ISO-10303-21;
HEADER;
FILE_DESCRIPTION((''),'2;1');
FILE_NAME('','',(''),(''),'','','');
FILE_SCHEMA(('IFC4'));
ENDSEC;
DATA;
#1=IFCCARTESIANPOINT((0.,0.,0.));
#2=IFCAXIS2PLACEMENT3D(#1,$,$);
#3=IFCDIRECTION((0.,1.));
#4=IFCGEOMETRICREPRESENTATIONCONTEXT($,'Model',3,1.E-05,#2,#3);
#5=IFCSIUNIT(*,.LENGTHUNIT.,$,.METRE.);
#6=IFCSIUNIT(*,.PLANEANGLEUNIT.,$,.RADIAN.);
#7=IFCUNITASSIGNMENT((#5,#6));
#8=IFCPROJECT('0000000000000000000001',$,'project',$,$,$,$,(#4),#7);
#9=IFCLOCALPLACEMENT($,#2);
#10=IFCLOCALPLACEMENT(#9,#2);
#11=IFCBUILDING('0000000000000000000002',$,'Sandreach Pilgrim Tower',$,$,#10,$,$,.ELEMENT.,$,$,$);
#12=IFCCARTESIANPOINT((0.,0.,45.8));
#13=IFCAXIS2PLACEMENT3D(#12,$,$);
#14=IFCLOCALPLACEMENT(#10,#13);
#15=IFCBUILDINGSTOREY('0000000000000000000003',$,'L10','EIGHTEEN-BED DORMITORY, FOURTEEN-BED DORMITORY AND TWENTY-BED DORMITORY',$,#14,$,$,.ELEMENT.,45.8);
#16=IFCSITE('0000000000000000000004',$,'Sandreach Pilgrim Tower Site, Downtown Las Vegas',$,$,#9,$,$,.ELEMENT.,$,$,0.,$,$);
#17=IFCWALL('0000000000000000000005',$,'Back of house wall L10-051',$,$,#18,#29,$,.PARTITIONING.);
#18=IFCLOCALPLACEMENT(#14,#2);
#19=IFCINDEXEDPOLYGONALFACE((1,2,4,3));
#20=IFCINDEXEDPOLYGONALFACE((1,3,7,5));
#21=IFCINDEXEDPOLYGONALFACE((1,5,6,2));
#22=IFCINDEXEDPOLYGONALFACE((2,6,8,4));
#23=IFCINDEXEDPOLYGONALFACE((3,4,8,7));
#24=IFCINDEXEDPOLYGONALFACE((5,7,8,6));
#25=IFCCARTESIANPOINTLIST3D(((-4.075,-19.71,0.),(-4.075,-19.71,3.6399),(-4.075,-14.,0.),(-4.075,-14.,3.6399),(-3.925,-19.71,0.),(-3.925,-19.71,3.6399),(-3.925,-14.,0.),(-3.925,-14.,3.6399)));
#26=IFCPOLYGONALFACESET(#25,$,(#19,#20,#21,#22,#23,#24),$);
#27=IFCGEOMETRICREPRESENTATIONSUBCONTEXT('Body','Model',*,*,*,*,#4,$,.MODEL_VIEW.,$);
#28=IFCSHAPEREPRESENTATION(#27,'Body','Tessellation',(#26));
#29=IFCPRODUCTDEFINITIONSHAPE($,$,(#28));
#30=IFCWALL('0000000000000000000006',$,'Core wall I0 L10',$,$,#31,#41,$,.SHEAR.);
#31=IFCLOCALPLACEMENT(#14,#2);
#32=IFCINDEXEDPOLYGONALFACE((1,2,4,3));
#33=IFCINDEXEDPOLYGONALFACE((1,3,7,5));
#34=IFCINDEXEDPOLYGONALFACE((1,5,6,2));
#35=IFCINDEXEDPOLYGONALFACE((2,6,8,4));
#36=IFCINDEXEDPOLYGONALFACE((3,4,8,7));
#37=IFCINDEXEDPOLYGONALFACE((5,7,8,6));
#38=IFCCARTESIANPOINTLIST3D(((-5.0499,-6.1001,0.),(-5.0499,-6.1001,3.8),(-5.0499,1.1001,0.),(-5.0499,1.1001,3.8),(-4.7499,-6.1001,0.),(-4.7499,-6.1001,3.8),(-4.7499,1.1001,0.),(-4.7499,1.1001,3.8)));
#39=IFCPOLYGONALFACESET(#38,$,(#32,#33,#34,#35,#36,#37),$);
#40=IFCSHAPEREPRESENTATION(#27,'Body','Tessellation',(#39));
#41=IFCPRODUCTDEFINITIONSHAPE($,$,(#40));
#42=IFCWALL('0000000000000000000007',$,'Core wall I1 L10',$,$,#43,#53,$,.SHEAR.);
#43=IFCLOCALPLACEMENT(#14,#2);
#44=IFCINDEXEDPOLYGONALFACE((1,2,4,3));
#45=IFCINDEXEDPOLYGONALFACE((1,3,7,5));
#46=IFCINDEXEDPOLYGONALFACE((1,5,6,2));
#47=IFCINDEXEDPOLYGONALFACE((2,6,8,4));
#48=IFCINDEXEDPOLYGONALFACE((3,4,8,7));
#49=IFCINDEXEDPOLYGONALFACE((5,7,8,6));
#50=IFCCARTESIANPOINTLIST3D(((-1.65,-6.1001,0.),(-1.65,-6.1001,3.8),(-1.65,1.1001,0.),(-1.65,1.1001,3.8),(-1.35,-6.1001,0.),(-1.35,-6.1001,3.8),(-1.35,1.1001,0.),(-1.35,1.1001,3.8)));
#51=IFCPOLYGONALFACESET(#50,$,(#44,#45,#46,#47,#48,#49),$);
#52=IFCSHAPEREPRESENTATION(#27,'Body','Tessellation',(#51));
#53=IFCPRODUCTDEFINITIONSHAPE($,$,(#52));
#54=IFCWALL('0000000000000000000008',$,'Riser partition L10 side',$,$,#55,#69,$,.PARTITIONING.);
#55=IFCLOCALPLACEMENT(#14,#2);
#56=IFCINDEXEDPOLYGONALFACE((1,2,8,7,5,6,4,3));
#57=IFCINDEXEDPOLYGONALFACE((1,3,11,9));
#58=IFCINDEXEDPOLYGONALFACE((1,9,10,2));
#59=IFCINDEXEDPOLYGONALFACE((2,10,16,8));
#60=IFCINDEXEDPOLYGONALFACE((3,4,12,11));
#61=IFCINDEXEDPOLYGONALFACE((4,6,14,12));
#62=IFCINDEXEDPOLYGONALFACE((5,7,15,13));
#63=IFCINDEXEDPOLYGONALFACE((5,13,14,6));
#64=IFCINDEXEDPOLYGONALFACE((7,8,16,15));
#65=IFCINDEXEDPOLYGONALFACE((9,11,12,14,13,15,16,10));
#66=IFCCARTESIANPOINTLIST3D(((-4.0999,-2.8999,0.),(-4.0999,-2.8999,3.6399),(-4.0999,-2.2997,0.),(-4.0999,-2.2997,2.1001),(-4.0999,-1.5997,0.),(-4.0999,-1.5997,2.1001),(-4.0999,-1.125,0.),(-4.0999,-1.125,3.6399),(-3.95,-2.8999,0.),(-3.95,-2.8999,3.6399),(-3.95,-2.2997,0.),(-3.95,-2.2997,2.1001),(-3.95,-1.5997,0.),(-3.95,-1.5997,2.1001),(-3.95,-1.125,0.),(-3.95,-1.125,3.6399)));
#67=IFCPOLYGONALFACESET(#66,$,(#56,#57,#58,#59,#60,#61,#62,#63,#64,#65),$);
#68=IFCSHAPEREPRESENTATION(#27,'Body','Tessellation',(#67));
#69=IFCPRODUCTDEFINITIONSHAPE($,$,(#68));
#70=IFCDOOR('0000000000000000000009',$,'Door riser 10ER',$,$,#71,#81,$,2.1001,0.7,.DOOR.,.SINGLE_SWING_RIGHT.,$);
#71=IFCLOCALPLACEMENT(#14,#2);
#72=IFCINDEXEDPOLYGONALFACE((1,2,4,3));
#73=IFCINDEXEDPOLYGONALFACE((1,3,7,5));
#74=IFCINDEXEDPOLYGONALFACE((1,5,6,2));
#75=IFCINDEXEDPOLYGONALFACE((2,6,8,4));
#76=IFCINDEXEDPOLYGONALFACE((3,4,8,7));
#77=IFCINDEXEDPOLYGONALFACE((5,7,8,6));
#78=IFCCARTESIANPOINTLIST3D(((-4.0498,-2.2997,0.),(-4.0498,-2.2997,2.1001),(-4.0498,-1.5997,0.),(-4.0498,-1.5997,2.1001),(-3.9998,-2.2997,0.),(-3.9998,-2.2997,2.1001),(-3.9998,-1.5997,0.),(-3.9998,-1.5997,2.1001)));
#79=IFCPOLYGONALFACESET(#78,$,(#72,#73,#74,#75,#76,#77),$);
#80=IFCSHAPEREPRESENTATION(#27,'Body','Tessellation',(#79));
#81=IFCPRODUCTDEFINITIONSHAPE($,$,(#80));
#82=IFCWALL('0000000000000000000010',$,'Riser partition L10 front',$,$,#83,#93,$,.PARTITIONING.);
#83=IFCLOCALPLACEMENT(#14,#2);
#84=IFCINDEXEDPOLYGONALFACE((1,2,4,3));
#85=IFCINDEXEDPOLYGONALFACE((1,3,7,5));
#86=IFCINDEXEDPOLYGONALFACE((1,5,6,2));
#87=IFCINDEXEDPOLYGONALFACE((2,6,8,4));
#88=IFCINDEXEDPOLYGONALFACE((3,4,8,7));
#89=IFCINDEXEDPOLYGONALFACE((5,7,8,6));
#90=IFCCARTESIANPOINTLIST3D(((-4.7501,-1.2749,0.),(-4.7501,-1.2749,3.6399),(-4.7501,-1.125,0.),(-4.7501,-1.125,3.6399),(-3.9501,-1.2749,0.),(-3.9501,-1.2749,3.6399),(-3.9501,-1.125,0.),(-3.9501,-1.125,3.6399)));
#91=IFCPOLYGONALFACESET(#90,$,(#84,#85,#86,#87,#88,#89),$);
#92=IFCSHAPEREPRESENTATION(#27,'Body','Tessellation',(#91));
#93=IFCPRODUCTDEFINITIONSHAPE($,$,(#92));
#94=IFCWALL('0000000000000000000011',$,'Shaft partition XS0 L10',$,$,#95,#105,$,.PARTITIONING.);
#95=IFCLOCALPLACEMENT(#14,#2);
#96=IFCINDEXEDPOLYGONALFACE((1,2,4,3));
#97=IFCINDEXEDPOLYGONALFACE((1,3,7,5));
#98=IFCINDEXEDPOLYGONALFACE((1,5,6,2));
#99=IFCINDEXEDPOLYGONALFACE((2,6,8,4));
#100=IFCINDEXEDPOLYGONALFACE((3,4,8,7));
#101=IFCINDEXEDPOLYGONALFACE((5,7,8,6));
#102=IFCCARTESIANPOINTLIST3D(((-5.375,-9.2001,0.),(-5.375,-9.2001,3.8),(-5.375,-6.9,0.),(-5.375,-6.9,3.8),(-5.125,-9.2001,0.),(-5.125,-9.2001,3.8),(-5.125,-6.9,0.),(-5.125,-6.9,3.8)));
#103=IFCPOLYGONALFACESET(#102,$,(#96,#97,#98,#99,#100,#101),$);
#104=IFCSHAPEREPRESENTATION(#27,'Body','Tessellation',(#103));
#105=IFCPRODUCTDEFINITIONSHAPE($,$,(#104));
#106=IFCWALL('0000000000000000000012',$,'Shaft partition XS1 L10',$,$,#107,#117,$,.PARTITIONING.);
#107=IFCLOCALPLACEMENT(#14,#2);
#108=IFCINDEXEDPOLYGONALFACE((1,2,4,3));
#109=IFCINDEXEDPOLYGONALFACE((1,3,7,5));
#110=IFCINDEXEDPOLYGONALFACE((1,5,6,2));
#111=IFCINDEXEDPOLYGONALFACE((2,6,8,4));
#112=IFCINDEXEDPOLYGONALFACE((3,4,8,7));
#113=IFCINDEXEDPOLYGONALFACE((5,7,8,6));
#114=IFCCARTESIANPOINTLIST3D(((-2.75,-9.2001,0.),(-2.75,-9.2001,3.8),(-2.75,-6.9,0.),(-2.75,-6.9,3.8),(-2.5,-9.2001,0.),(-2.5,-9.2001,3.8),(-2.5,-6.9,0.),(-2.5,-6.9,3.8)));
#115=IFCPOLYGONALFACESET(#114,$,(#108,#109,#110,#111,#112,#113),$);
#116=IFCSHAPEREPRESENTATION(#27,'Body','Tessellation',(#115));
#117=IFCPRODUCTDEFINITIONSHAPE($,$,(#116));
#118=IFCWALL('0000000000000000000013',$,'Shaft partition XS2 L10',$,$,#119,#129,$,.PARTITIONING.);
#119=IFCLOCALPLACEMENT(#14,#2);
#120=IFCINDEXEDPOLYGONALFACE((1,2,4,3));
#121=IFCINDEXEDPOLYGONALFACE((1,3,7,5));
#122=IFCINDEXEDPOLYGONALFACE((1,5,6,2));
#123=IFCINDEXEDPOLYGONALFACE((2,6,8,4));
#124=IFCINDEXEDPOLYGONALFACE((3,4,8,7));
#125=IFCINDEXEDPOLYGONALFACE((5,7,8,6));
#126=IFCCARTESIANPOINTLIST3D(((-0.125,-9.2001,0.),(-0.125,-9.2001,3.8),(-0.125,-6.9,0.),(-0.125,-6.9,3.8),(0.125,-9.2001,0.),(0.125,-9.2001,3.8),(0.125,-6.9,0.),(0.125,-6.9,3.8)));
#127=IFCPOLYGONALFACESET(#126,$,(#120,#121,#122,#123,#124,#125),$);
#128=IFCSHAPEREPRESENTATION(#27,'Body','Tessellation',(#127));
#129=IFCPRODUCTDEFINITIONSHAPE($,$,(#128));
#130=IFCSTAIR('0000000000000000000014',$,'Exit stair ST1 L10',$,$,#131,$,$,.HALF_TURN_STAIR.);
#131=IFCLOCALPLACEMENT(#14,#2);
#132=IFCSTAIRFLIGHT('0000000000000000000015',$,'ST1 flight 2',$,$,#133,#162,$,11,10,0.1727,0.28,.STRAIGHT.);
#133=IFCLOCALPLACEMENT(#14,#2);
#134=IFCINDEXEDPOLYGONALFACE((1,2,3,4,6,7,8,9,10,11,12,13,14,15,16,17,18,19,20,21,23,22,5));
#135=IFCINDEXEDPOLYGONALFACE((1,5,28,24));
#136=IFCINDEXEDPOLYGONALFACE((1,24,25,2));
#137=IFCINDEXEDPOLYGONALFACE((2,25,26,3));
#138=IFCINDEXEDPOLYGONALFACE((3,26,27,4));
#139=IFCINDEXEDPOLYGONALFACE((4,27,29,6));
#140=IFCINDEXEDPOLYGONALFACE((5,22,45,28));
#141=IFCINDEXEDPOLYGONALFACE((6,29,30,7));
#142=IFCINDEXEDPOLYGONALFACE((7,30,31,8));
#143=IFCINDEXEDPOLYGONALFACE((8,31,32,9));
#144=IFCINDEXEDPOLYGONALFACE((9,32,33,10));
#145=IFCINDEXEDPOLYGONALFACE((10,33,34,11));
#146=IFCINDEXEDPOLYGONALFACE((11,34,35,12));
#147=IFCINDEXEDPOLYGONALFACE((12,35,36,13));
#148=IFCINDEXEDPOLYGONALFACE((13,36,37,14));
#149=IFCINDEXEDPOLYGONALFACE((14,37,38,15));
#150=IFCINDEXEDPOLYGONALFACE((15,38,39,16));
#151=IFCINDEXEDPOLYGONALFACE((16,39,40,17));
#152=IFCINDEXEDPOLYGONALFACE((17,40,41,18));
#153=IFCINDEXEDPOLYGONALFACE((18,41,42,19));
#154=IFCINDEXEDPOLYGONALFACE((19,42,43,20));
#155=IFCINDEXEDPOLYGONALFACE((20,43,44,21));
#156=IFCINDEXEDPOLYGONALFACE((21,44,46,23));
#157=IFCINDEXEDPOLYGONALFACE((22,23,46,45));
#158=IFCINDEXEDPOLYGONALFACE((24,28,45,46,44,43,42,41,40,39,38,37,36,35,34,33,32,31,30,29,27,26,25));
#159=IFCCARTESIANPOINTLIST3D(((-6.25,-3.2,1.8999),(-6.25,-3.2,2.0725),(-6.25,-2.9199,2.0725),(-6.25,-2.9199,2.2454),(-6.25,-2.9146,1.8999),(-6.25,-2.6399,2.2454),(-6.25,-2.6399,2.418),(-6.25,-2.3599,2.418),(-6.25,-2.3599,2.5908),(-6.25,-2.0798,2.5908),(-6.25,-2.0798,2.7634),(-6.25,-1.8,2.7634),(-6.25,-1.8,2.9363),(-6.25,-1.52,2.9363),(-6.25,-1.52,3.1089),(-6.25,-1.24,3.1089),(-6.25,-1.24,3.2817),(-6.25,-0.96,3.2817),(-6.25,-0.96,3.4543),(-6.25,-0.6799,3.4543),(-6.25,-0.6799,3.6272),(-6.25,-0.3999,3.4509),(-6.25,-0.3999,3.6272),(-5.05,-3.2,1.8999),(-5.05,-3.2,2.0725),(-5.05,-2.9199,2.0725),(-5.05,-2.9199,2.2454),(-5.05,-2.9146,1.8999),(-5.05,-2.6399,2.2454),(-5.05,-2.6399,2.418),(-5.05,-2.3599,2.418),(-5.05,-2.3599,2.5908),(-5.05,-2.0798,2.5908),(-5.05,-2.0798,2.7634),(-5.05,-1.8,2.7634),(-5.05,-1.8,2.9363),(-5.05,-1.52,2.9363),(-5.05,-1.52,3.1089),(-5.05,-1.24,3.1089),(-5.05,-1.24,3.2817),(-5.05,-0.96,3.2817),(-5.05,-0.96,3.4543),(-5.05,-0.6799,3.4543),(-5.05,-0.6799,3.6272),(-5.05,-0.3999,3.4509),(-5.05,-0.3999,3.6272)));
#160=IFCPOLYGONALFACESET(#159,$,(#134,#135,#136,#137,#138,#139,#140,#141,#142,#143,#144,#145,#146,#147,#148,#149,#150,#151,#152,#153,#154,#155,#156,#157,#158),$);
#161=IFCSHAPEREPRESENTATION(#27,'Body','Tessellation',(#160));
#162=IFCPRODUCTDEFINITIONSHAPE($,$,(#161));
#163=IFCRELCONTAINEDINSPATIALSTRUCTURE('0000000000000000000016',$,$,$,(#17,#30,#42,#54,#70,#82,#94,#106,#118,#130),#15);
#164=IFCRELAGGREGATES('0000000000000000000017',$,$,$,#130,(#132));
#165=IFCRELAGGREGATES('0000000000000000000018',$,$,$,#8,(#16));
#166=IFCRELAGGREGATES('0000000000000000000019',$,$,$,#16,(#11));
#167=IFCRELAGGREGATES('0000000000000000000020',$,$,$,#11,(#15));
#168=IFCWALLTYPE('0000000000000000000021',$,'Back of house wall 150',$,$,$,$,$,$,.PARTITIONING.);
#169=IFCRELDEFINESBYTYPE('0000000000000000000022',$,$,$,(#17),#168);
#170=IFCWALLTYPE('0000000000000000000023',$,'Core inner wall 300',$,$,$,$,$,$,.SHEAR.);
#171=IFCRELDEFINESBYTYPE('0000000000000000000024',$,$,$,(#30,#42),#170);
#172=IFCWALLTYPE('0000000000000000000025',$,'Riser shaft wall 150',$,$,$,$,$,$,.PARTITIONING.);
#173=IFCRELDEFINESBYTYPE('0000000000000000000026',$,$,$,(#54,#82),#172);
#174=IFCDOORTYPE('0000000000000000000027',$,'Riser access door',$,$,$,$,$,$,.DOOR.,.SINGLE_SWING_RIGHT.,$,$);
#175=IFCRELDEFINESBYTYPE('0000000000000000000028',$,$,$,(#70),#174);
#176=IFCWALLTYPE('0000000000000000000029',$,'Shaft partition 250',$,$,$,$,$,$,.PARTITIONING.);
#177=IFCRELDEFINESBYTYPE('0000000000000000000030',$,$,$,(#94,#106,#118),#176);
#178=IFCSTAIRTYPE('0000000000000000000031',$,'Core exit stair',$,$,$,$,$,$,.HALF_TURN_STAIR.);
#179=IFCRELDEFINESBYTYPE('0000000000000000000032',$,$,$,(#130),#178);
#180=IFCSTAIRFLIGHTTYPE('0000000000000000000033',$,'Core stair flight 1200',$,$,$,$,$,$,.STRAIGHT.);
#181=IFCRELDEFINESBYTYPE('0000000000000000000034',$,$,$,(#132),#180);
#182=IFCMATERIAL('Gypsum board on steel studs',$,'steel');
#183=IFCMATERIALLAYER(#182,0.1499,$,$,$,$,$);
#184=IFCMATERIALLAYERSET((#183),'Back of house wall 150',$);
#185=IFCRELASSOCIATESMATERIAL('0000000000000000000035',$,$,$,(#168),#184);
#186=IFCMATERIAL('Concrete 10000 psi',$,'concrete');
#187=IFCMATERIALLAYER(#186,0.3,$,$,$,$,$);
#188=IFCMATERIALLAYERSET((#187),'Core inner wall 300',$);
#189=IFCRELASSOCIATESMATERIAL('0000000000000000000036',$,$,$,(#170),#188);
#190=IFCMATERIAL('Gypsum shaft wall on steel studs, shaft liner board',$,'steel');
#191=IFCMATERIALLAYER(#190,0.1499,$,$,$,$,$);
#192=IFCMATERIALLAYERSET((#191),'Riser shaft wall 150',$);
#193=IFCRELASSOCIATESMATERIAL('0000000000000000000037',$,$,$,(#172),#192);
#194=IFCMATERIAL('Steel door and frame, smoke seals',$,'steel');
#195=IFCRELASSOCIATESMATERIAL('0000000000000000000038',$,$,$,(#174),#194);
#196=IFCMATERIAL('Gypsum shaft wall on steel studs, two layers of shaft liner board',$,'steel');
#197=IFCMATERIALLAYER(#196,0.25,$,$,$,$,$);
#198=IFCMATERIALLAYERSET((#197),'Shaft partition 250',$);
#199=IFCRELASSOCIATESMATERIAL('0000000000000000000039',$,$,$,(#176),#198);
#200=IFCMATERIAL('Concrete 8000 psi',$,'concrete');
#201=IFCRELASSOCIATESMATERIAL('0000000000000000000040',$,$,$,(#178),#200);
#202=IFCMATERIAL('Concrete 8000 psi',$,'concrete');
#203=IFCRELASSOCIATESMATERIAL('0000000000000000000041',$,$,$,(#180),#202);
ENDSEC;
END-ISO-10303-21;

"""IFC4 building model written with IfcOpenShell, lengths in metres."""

from ifc_helpers import new_model, si_unit, direction, frame, frame_2d, origin, place, context, subcontext, project, spatial, polyline, rectangle, outline, extrude, material, layer, layer_set, type_object, element, fill, aggregate, save


model = new_model("IFC4")

# Units and contexts
model_context = context("Model", 3, precision=1e-05, world=origin(), true_north=direction((0.0, 1.0)))
body_context = subcontext(model_context, "Body", "Model", "MODEL_VIEW")
ifc_project = project(units=[si_unit("LENGTHUNIT", "METRE"), si_unit("PLANEANGLEUNIT", "RADIAN")], contexts=[model_context])

# Site, building, storey
site_placement = place(None, origin())
site = spatial("IfcSite", under=ifc_project, at=site_placement, Name="Sandreach Pilgrim Tower Site, Downtown Las Vegas", CompositionType="ELEMENT", RefElevation=0.0)
building_placement = place(site_placement, origin())
building = spatial("IfcBuilding", under=site, at=building_placement, Name="Sandreach Pilgrim Tower", CompositionType="ELEMENT")
storey_placement = place(building_placement, frame((0.0, 0.0, 45.8)))
storey = spatial("IfcBuildingStorey", under=building, at=storey_placement, Name="L10", Description="EIGHTEEN-BED DORMITORY, FOURTEEN-BED DORMITORY AND TWENTY-BED DORMITORY", CompositionType="ELEMENT", Elevation=45.8)

# Walls
ifc_material_1 = material(Name="Gypsum board on steel studs", Category="steel")
ifc_layer_1 = layer(ifc_material_1, 0.1499)
ifc_layer_set_1 = layer_set([ifc_layer_1], Name="Back of house wall 150")
wall_type_1 = type_object("IfcWallType", Name="Back of house wall 150", PredefinedType="PARTITIONING", material=ifc_layer_set_1)
wall_1_placement = place(storey_placement, frame((-4.0, -14.0, 0.0), z_axis=(0.0, 0.0, 1.0), x_axis=(0.0, -1.0, 0.0)))
element("IfcWall", 1, at=wall_1_placement, inside=storey, type_object=wall_type_1, Name="Back of house wall L10-051", PredefinedType="PARTITIONING", context=body_context, shape_type="SweptSolid", body=[
    extrude(rectangle(XDim=5.71, YDim=0.1499, at=frame_2d((2.855, 0.0))), origin(), (0.0, 0.0, 1.0), 3.6399),
])
ifc_material_2 = material(Name="Concrete 10000 psi", Category="concrete")
ifc_layer_2 = layer(ifc_material_2, 0.3)
ifc_layer_set_2 = layer_set([ifc_layer_2], Name="Core inner wall 300")
wall_type_2 = type_object("IfcWallType", Name="Core inner wall 300", PredefinedType="SHEAR", material=ifc_layer_set_2)
for number, where, z_axis, x_axis, name in (
    (2, (-4.8999, -6.1001, 0.0), (0.0, 0.0, 1.0), (0.0, 1.0, 0.0), "Core wall I0 L10"),
    (3, (-1.5, -6.1001, 0.0), (0.0, 0.0, 1.0), (0.0, 1.0, 0.0), "Core wall I1 L10"),
):
    element("IfcWall", number, at=place(storey_placement, frame(where, z_axis=z_axis, x_axis=x_axis)), inside=storey, type_object=wall_type_2, Name=name, PredefinedType="SHEAR", context=body_context, shape_type="SweptSolid", body=[
        extrude(rectangle(XDim=7.2002, YDim=0.3, at=frame_2d((3.6001, 0.0))), origin(), (0.0, 0.0, 1.0), 3.8),
    ])

# Wall, opening, door
ifc_material_3 = material(Name="Gypsum shaft wall on steel studs, shaft liner board", Category="steel")
ifc_layer_3 = layer(ifc_material_3, 0.1499)
ifc_layer_set_3 = layer_set([ifc_layer_3], Name="Riser shaft wall 150")
wall_type_3 = type_object("IfcWallType", Name="Riser shaft wall 150", PredefinedType="PARTITIONING", material=ifc_layer_set_3)
wall_2_placement = place(storey_placement, frame((-4.0249, -2.8999, 0.0), z_axis=(0.0, 0.0, 1.0), x_axis=(0.0, 1.0, 0.0)))
wall_2 = element("IfcWall", 4, at=wall_2_placement, inside=storey, type_object=wall_type_3, Name="Riser partition L10 side", PredefinedType="PARTITIONING", context=body_context, shape_type="SweptSolid", body=[
    extrude(rectangle(XDim=1.7749, YDim=0.1499, at=frame_2d((0.8875, 0.0))), origin(), (0.0, 0.0, 1.0), 3.6399),
])
opening_1_placement = place(wall_2_placement, frame((0.6001, 0.0, 0.0)))
opening_1 = element("IfcOpeningElement", 5, at=opening_1_placement, cuts=wall_2, PredefinedType="OPENING", context=body_context, shape_type="SweptSolid", body=[
    extrude(rectangle(XDim=0.7, YDim=2.1001, at=frame_2d((0.3501, 1.05))), frame((0.0, 0.075, 0.0), z_axis=(0.0, -1.0, 0.0), x_axis=(1.0, 0.0, 0.0)), (0.0, 0.0, 1.0), 0.1499),
])
ifc_material_4 = material(Name="Steel door and frame, smoke seals", Category="steel")
door_type_1 = type_object("IfcDoorType", Name="Riser access door", OperationType="SINGLE_SWING_RIGHT", PredefinedType="DOOR", material=ifc_material_4)
door_1_placement = place(opening_1_placement, origin())
door_1 = element("IfcDoor", 6, at=door_1_placement, inside=storey, type_object=door_type_1, Name="Door riser 10ER", OperationType="SINGLE_SWING_RIGHT", OverallHeight=2.1001, OverallWidth=0.7, PredefinedType="DOOR", context=body_context, shape_type="SweptSolid", body=[
    extrude(rectangle(XDim=0.7, YDim=2.1001, at=frame_2d((0.3501, 1.05))), frame((0.0, 0.0249, 0.0), z_axis=(0.0, -1.0, 0.0), x_axis=(1.0, 0.0, 0.0)), (0.0, 0.0, 1.0), 0.05),
])
fill(opening_1, door_1)

# Walls
wall_3_placement = place(storey_placement, frame((-4.75, -1.2, 0.0), z_axis=(0.0, 0.0, 1.0), x_axis=(1.0, 0.0, 0.0)))
element("IfcWall", 7, at=wall_3_placement, inside=storey, type_object=wall_type_3, Name="Riser partition L10 front", PredefinedType="PARTITIONING", context=body_context, shape_type="SweptSolid", body=[
    extrude(rectangle(XDim=0.8, YDim=0.1499, at=frame_2d((0.3999, 0.0))), origin(), (0.0, 0.0, 1.0), 3.6399),
])
ifc_material_5 = material(Name="Gypsum shaft wall on steel studs, two layers of shaft liner board", Category="steel")
ifc_layer_4 = layer(ifc_material_5, 0.25)
ifc_layer_set_4 = layer_set([ifc_layer_4], Name="Shaft partition 250")
wall_type_4 = type_object("IfcWallType", Name="Shaft partition 250", PredefinedType="PARTITIONING", material=ifc_layer_set_4)
for number, where, z_axis, x_axis, name in (
    (8, (-5.25, -9.2, 0.0), (0.0, 0.0, 1.0), (0.0, 1.0, 0.0), "Shaft partition XS0 L10"),
    (9, (-2.625, -9.2, 0.0), (0.0, 0.0, 1.0), (0.0, 1.0, 0.0), "Shaft partition XS1 L10"),
    (10, (0.0, -9.2, 0.0), (0.0, 0.0, 1.0), (0.0, 1.0, 0.0), "Shaft partition XS2 L10"),
):
    element("IfcWall", number, at=place(storey_placement, frame(where, z_axis=z_axis, x_axis=x_axis)), inside=storey, type_object=wall_type_4, Name=name, PredefinedType="PARTITIONING", context=body_context, shape_type="SweptSolid", body=[
        extrude(rectangle(XDim=2.3, YDim=0.25, at=frame_2d((1.1499, 0.0))), origin(), (0.0, 0.0, 1.0), 3.8),
    ])

# Stair, stair flight
ifc_material_6 = material(Name="Concrete 8000 psi", Category="concrete")
stair_type = type_object("IfcStairType", Name="Core exit stair", PredefinedType="HALF_TURN_STAIR", material=ifc_material_6)
stair_1_placement = place(storey_placement, origin())
stair_1 = element("IfcStair", 11, at=stair_1_placement, inside=storey, type_object=stair_type, Name="Exit stair ST1 L10", PredefinedType="HALF_TURN_STAIR")
ifc_material_7 = material(Name="Concrete 8000 psi", Category="concrete")
stair_flight_type = type_object("IfcStairFlightType", Name="Core stair flight 1200", PredefinedType="STRAIGHT", material=ifc_material_7)
stair_flight_1_placement = place(storey_placement, frame((-5.6499, -3.2, 1.8999), z_axis=(0.0, 0.0, 1.0), x_axis=(0.0, 1.0, 0.0)))
stair_flight_1 = element("IfcStairFlight", 12, at=stair_flight_1_placement, type_object=stair_flight_type, Name="ST1 flight 2", NumberOfRisers=11, NumberOfTreads=10, PredefinedType="STRAIGHT", RiserHeight=0.1727, TreadLength=0.28, context=body_context, shape_type="SweptSolid", body=[
    extrude(outline(polyline([(0.0, 0.0), (0.0, 0.1726), (0.28, 0.1726), (0.28, 0.3455), (0.5601, 0.3455), (0.5601, 0.5181), (0.8401, 0.5181), (0.8401, 0.6909), (1.1201, 0.6909), (1.1201, 0.8635), (1.3999, 0.8635), (1.3999, 1.0364), (1.6799, 1.0364), (1.6799, 1.209), (1.96, 1.209), (1.96, 1.3818), (2.24, 1.3818), (2.24, 1.5544), (2.52, 1.5544), (2.52, 1.7273), (2.8, 1.7273), (2.8, 1.8999), (2.8, 1.551), (0.2854, 0.0), (0.0, 0.0)])), frame((0.0, 0.6001, 0.0), z_axis=(0.0, -1.0, 0.0), x_axis=(1.0, 0.0, 0.0)), (0.0, 0.0, 1.0), 1.2),
])
aggregate(stair_1, [stair_flight_1])

save(model, "model.ifc")
